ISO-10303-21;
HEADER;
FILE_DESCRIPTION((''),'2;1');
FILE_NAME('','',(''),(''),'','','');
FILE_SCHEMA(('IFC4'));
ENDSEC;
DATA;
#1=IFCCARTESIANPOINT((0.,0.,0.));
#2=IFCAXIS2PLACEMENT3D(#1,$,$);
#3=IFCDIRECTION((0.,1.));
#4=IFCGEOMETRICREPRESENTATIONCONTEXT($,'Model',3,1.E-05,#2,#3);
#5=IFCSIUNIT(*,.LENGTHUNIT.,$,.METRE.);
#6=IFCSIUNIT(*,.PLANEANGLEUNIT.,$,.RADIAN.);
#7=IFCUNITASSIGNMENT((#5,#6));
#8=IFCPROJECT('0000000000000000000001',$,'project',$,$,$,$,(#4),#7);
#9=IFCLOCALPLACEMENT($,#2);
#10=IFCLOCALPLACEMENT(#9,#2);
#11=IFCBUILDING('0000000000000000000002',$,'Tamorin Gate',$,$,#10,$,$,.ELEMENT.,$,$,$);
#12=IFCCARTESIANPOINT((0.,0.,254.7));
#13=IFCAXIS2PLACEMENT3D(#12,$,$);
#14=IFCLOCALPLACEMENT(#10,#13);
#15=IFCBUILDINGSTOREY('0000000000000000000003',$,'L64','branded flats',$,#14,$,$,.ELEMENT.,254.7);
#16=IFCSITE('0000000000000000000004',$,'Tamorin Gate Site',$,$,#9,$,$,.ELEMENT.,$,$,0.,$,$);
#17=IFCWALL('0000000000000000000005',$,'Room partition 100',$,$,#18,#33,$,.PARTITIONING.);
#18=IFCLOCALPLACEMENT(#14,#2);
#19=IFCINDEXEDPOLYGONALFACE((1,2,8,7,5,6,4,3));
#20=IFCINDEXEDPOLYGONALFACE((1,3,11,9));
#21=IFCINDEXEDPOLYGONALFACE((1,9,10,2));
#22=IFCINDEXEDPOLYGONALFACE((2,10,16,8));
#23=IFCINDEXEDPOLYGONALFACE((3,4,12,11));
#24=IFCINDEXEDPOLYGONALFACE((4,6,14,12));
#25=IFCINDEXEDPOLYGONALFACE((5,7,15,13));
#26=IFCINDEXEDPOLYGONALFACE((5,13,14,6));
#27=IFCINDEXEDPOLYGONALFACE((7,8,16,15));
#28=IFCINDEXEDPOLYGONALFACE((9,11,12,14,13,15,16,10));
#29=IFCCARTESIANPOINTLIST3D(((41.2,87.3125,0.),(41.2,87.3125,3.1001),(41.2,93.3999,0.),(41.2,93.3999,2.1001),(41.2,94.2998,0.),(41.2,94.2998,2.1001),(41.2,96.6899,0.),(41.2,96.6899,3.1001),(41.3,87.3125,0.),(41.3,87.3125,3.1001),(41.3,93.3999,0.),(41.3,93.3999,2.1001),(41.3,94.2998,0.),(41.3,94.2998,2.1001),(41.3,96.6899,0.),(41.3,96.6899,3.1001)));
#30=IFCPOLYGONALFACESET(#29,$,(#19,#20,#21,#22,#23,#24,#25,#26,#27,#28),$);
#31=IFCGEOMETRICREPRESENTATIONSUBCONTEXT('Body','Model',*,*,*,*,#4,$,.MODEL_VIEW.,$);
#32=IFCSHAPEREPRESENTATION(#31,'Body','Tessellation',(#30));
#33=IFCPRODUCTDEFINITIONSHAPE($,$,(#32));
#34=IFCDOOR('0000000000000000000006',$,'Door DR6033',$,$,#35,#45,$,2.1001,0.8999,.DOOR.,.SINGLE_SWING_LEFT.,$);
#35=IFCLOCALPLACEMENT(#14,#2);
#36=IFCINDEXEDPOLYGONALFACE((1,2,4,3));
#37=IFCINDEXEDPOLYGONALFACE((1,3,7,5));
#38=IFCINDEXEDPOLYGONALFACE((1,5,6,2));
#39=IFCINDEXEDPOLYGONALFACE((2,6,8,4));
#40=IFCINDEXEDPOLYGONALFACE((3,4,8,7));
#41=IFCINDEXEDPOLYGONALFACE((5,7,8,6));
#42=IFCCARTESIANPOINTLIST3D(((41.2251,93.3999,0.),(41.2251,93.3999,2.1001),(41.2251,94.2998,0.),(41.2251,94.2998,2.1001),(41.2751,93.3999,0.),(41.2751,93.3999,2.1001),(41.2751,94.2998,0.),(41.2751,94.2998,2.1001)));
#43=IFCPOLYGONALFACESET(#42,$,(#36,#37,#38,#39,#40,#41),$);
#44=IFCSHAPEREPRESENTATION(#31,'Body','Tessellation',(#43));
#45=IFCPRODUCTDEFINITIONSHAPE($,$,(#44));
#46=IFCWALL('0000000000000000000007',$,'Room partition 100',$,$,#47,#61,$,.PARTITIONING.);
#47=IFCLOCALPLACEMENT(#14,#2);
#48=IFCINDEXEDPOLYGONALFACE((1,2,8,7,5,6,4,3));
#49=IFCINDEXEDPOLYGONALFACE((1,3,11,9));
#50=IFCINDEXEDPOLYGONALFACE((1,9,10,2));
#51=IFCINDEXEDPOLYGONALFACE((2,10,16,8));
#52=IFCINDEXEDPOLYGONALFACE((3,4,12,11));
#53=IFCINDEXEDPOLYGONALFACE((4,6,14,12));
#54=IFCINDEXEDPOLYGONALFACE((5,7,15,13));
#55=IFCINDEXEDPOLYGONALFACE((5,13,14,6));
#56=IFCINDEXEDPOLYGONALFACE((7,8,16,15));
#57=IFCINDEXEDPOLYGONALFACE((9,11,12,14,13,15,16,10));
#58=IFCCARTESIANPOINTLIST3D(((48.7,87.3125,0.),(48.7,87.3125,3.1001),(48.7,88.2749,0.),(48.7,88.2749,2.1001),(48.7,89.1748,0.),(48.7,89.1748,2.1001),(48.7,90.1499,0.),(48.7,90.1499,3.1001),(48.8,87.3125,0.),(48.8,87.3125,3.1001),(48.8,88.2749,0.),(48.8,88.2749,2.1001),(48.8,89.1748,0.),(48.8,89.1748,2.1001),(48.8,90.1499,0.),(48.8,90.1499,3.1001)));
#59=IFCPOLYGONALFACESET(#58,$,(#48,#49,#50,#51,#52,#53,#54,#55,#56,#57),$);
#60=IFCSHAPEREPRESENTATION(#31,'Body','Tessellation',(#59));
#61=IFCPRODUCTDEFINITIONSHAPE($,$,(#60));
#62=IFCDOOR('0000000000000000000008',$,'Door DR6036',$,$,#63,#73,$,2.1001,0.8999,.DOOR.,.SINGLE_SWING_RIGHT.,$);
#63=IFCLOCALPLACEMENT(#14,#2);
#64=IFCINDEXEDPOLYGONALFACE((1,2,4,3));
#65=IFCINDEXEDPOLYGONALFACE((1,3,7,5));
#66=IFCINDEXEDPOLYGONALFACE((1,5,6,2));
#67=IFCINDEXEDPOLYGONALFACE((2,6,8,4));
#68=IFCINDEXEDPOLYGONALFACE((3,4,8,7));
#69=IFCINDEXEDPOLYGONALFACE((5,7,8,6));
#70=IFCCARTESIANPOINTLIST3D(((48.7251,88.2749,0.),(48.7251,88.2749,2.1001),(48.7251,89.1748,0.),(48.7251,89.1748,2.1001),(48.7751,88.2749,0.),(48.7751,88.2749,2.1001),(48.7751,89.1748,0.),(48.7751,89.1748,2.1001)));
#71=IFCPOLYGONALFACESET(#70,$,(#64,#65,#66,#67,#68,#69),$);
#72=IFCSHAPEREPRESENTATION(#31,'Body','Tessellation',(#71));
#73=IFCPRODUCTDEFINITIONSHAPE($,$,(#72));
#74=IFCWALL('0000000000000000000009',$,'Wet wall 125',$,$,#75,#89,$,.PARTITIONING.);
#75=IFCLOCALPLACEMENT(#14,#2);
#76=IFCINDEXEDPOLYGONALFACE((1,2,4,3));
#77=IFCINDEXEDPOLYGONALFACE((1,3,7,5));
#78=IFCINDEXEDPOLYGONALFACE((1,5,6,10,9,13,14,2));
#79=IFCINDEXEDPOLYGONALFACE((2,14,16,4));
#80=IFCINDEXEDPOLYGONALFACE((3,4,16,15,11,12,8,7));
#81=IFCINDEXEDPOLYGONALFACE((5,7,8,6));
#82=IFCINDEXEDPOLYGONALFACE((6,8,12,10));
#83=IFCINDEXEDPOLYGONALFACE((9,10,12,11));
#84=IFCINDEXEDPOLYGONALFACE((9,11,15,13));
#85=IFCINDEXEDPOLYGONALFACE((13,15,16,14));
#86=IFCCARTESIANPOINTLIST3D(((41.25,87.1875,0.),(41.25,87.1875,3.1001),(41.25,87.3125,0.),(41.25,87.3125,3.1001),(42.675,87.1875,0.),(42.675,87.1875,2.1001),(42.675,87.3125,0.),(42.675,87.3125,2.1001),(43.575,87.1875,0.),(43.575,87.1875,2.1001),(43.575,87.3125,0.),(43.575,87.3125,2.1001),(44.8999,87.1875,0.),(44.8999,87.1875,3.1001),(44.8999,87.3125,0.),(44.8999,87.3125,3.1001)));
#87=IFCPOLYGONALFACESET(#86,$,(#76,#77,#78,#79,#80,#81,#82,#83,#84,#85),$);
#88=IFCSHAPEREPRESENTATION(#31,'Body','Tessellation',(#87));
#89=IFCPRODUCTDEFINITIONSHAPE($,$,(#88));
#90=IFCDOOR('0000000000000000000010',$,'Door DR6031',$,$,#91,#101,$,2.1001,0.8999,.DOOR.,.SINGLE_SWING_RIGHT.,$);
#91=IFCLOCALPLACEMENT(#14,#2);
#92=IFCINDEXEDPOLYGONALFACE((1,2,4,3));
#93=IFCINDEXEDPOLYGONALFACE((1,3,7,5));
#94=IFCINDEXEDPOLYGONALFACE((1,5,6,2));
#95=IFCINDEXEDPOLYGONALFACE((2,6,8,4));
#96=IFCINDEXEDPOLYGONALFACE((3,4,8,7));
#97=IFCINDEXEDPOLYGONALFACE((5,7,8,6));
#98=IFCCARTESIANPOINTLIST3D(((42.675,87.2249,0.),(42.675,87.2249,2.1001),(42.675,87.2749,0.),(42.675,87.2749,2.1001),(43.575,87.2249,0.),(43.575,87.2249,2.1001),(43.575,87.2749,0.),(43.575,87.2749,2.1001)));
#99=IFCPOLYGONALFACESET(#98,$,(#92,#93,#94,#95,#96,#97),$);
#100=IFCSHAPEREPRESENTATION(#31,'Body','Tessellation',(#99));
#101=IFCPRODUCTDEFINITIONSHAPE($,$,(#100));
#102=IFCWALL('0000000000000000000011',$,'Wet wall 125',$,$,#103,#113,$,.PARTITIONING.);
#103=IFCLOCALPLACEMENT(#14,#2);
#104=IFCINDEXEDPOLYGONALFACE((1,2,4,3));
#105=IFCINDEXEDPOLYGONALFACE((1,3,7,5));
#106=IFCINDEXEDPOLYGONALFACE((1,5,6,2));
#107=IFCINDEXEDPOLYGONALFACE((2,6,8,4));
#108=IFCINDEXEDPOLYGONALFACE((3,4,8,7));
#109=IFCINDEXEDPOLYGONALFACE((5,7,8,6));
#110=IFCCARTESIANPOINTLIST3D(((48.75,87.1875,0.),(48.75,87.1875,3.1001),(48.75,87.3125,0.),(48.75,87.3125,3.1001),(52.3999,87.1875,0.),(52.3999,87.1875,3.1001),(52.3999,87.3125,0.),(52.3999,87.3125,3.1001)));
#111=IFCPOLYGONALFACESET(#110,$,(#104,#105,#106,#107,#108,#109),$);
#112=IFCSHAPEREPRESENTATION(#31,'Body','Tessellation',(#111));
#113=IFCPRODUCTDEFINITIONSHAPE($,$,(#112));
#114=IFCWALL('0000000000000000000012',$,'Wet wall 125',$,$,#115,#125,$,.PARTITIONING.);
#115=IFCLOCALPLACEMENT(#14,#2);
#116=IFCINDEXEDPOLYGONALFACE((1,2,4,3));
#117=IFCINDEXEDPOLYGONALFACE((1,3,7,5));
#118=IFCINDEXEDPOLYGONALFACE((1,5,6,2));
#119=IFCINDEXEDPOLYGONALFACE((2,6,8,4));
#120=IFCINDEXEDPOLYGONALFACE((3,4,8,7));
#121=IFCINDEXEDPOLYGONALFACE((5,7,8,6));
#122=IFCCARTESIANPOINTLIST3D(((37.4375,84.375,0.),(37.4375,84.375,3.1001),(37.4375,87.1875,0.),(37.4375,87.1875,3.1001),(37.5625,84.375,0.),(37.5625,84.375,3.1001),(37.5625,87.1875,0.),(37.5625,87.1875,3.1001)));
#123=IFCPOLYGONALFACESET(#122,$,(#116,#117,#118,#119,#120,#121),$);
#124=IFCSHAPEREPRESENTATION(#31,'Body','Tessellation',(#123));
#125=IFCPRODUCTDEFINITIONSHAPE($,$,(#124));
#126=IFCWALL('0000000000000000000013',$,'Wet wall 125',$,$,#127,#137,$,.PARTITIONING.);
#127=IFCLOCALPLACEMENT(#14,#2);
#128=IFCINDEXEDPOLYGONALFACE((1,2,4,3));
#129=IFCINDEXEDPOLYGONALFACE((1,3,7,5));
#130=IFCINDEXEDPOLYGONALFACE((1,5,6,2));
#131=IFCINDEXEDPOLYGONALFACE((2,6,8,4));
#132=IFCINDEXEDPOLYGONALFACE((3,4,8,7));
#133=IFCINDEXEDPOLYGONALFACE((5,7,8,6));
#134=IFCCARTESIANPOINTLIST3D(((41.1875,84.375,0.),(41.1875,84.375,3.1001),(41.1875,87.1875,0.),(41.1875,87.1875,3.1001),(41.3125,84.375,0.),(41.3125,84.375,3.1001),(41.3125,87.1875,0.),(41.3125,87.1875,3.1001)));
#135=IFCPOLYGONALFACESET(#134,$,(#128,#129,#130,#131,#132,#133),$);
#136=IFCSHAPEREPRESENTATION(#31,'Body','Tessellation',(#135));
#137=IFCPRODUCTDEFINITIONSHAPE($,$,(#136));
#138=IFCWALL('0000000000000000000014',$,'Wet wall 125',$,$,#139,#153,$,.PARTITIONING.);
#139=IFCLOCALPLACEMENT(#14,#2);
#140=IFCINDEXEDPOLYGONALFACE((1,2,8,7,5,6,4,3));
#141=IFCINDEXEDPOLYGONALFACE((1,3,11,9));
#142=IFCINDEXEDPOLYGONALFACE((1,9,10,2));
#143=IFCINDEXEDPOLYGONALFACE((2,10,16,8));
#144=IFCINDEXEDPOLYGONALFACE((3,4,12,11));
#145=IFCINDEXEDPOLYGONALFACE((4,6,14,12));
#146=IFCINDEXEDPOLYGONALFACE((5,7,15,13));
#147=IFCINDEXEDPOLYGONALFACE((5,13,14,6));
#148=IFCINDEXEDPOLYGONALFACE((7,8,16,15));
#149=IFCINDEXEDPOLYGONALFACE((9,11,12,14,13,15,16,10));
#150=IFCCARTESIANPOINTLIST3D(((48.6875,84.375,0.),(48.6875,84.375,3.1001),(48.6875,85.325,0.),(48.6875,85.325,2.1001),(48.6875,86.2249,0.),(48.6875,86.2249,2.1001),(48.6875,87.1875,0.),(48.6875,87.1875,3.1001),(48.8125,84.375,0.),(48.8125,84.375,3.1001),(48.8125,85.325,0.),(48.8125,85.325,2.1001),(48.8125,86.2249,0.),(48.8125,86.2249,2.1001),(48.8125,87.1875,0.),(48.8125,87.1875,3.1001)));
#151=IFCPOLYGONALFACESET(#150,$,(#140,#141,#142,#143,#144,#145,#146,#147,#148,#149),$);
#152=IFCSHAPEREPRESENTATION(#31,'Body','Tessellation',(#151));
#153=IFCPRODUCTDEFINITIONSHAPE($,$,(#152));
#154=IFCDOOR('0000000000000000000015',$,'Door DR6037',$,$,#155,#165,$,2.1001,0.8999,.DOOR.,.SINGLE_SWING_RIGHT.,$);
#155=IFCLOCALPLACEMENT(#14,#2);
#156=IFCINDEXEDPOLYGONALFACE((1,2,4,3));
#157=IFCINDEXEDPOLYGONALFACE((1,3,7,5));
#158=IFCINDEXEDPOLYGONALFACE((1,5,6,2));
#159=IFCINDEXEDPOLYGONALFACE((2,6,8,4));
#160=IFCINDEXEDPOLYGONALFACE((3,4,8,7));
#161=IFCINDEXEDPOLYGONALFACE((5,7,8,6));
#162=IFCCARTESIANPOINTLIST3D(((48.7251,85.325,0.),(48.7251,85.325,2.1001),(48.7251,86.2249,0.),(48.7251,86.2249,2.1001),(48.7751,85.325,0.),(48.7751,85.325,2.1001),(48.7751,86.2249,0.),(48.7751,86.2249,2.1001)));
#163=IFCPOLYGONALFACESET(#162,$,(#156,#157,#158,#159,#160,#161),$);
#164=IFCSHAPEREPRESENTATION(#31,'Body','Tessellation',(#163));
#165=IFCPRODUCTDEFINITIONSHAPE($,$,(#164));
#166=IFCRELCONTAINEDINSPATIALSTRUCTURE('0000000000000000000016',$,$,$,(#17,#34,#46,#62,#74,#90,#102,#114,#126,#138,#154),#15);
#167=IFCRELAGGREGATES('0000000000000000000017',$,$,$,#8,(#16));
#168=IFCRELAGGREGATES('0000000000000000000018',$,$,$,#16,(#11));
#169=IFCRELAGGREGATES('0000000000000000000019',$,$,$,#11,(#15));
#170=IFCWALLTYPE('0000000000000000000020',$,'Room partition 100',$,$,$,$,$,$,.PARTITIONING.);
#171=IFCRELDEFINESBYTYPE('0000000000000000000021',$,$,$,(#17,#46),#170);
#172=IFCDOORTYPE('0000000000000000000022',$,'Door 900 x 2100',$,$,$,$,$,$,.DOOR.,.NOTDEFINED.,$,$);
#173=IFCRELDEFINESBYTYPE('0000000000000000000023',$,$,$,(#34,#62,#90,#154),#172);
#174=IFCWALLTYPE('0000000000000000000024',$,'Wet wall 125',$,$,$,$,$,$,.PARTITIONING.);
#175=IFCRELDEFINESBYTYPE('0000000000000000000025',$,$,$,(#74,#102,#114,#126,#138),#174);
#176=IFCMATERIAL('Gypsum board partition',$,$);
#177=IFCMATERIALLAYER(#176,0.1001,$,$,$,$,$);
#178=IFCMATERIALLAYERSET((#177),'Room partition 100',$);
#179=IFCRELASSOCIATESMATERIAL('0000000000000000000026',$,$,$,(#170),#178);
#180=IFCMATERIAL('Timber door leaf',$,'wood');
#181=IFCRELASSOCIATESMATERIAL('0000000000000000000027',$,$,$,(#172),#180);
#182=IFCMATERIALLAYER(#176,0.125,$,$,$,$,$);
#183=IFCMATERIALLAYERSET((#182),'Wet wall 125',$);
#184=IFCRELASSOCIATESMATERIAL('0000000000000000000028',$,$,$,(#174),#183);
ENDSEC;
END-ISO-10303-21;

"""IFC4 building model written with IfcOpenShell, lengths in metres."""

from ifc_helpers import new_model, si_unit, direction, frame, frame_2d, origin, place, context, subcontext, project, spatial, rectangle, extrude, material, layer, layer_set, type_object, element, fill, save


model = new_model("IFC4")

# Units and contexts
model_context = context("Model", 3, precision=1e-05, world=origin(), true_north=direction((0.0, 1.0)))
body_context = subcontext(model_context, "Body", "Model", "MODEL_VIEW")
ifc_project = project(units=[si_unit("LENGTHUNIT", "METRE"), si_unit("PLANEANGLEUNIT", "RADIAN")], contexts=[model_context])

# Site, building, storey
site_placement = place(None, origin())
site = spatial("IfcSite", under=ifc_project, at=site_placement, Name="Tamorin Gate Site", CompositionType="ELEMENT", RefElevation=0.0)
building_placement = place(site_placement, origin())
building = spatial("IfcBuilding", under=site, at=building_placement, Name="Tamorin Gate", CompositionType="ELEMENT")
storey_placement = place(building_placement, frame((0.0, 0.0, 254.7)))
storey = spatial("IfcBuildingStorey", under=building, at=storey_placement, Name="L64", Description="branded flats", CompositionType="ELEMENT", Elevation=254.7)

# Shared definitions
ifc_material_1 = material(Name="Gypsum board partition")

# Walls, openings, doors
ifc_layer_1 = layer(ifc_material_1, 0.1001)
ifc_layer_set_1 = layer_set([ifc_layer_1], Name="Room partition 100")
wall_type_1 = type_object("IfcWallType", Name="Room partition 100", PredefinedType="PARTITIONING", material=ifc_layer_set_1)
ifc_material_2 = material(Name="Timber door leaf", Category="wood")
door_type = type_object("IfcDoorType", Name="Door 900 x 2100", OperationType="NOTDEFINED", PredefinedType="DOOR", material=ifc_material_2)
wall_1_placement = place(storey_placement, frame((41.25, 87.3125, 0.0), z_axis=(0.0, 0.0, 1.0), x_axis=(0.0, 1.0, 0.0)))
wall_1 = element("IfcWall", 1, at=wall_1_placement, inside=storey, type_object=wall_type_1, Name="Room partition 100", PredefinedType="PARTITIONING", context=body_context, shape_type="SweptSolid", body=[
    extrude(rectangle(XDim=9.3774, YDim=0.1001, at=frame_2d((4.6887, 0.0))), origin(), (0.0, 0.0, 1.0), 3.1001),
])
opening_1_placement = place(wall_1_placement, frame((6.0874, 0.0, 0.0)))
opening_1 = element("IfcOpeningElement", 2, at=opening_1_placement, cuts=wall_1, PredefinedType="OPENING", context=body_context, shape_type="SweptSolid", body=[
    extrude(rectangle(XDim=0.8999, YDim=2.1001, at=frame_2d((0.45, 1.05))), frame((0.0, 0.0601, 0.0), z_axis=(0.0, -1.0, 0.0), x_axis=(1.0, 0.0, 0.0)), (0.0, 0.0, 1.0), 0.1201),
])
door_1_placement = place(opening_1_placement, origin())
door_1 = element("IfcDoor", 3, at=door_1_placement, inside=storey, type_object=door_type, Name="Door DR6033", OperationType="SINGLE_SWING_LEFT", OverallHeight=2.1001, OverallWidth=0.8999, PredefinedType="DOOR", context=body_context, shape_type="SweptSolid", body=[
    extrude(rectangle(XDim=0.8999, YDim=2.1001, at=frame_2d((0.45, 1.05))), frame((0.0, 0.0249, 0.0), z_axis=(0.0, -1.0, 0.0), x_axis=(1.0, 0.0, 0.0)), (0.0, 0.0, 1.0), 0.05),
])
fill(opening_1, door_1)
wall_2_placement = place(storey_placement, frame((48.75, 87.3125, 0.0), z_axis=(0.0, 0.0, 1.0), x_axis=(0.0, 1.0, 0.0)))
wall_2 = element("IfcWall", 4, at=wall_2_placement, inside=storey, type_object=wall_type_1, Name="Room partition 100", PredefinedType="PARTITIONING", context=body_context, shape_type="SweptSolid", body=[
    extrude(rectangle(XDim=2.8374, YDim=0.1001, at=frame_2d((1.4187, 0.0))), origin(), (0.0, 0.0, 1.0), 3.1001),
])
opening_2_placement = place(wall_2_placement, frame((0.9624, 0.0, 0.0)))
opening_2 = element("IfcOpeningElement", 5, at=opening_2_placement, cuts=wall_2, PredefinedType="OPENING", context=body_context, shape_type="SweptSolid", body=[
    extrude(rectangle(XDim=0.8999, YDim=2.1001, at=frame_2d((0.45, 1.05))), frame((0.0, 0.0601, 0.0), z_axis=(0.0, -1.0, 0.0), x_axis=(1.0, 0.0, 0.0)), (0.0, 0.0, 1.0), 0.1201),
])
door_2_placement = place(opening_2_placement, origin())
door_2 = element("IfcDoor", 6, at=door_2_placement, inside=storey, type_object=door_type, Name="Door DR6036", OperationType="SINGLE_SWING_RIGHT", OverallHeight=2.1001, OverallWidth=0.8999, PredefinedType="DOOR", context=body_context, shape_type="SweptSolid", body=[
    extrude(rectangle(XDim=0.8999, YDim=2.1001, at=frame_2d((0.45, 1.05))), frame((0.0, 0.0249, 0.0), z_axis=(0.0, -1.0, 0.0), x_axis=(1.0, 0.0, 0.0)), (0.0, 0.0, 1.0), 0.05),
])
fill(opening_2, door_2)
ifc_layer_2 = layer(ifc_material_1, 0.125)
ifc_layer_set_2 = layer_set([ifc_layer_2], Name="Wet wall 125")
wall_type_2 = type_object("IfcWallType", Name="Wet wall 125", PredefinedType="PARTITIONING", material=ifc_layer_set_2)
wall_3_placement = place(storey_placement, frame((41.25, 87.25, 0.0), z_axis=(0.0, 0.0, 1.0), x_axis=(1.0, 0.0, 0.0)))
wall_3 = element("IfcWall", 7, at=wall_3_placement, inside=storey, type_object=wall_type_2, Name="Wet wall 125", PredefinedType="PARTITIONING", context=body_context, shape_type="SweptSolid", body=[
    extrude(rectangle(XDim=3.6499, YDim=0.125, at=frame_2d((1.825, 0.0))), origin(), (0.0, 0.0, 1.0), 3.1001),
])
opening_3_placement = place(wall_3_placement, frame((1.425, 0.0, 0.0)))
opening_3 = element("IfcOpeningElement", 8, at=opening_3_placement, cuts=wall_3, PredefinedType="OPENING", context=body_context, shape_type="SweptSolid", body=[
    extrude(rectangle(XDim=0.8999, YDim=2.1001, at=frame_2d((0.45, 1.05))), frame((0.0, 0.0725, 0.0), z_axis=(0.0, -1.0, 0.0), x_axis=(1.0, 0.0, 0.0)), (0.0, 0.0, 1.0), 0.145),
])
door_3_placement = place(opening_3_placement, origin())
door_3 = element("IfcDoor", 9, at=door_3_placement, inside=storey, type_object=door_type, Name="Door DR6031", OperationType="SINGLE_SWING_RIGHT", OverallHeight=2.1001, OverallWidth=0.8999, PredefinedType="DOOR", context=body_context, shape_type="SweptSolid", body=[
    extrude(rectangle(XDim=0.8999, YDim=2.1001, at=frame_2d((0.45, 1.05))), frame((0.0, 0.0249, 0.0), z_axis=(0.0, -1.0, 0.0), x_axis=(1.0, 0.0, 0.0)), (0.0, 0.0, 1.0), 0.05),
])
fill(opening_3, door_3)

# Walls
wall_4_placement = place(storey_placement, frame((48.75, 87.25, 0.0), z_axis=(0.0, 0.0, 1.0), x_axis=(1.0, 0.0, 0.0)))
element("IfcWall", 10, at=wall_4_placement, inside=storey, type_object=wall_type_2, Name="Wet wall 125", PredefinedType="PARTITIONING", context=body_context, shape_type="SweptSolid", body=[
    extrude(rectangle(XDim=3.6499, YDim=0.125, at=frame_2d((1.825, 0.0))), origin(), (0.0, 0.0, 1.0), 3.1001),
])
for number, where, z_axis, x_axis, name in (
    (11, (37.5, 84.375, 0.0), (0.0, 0.0, 1.0), (0.0, 1.0, 0.0), "Wet wall 125"),
    (12, (41.25, 84.375, 0.0), (0.0, 0.0, 1.0), (0.0, 1.0, 0.0), "Wet wall 125"),
):
    element("IfcWall", number, at=place(storey_placement, frame(where, z_axis=z_axis, x_axis=x_axis)), inside=storey, type_object=wall_type_2, Name=name, PredefinedType="PARTITIONING", context=body_context, shape_type="SweptSolid", body=[
        extrude(rectangle(XDim=2.8125, YDim=0.125, at=frame_2d((1.4062, 0.0))), origin(), (0.0, 0.0, 1.0), 3.1001),
    ])

# Wall, opening, door
wall_5_placement = place(storey_placement, frame((48.75, 84.375, 0.0), z_axis=(0.0, 0.0, 1.0), x_axis=(0.0, 1.0, 0.0)))
wall_5 = element("IfcWall", 13, at=wall_5_placement, inside=storey, type_object=wall_type_2, Name="Wet wall 125", PredefinedType="PARTITIONING", context=body_context, shape_type="SweptSolid", body=[
    extrude(rectangle(XDim=2.8125, YDim=0.125, at=frame_2d((1.4062, 0.0))), origin(), (0.0, 0.0, 1.0), 3.1001),
])
opening_4_placement = place(wall_5_placement, frame((0.95, 0.0, 0.0)))
opening_4 = element("IfcOpeningElement", 14, at=opening_4_placement, cuts=wall_5, PredefinedType="OPENING", context=body_context, shape_type="SweptSolid", body=[
    extrude(rectangle(XDim=0.8999, YDim=2.1001, at=frame_2d((0.45, 1.05))), frame((0.0, 0.0725, 0.0), z_axis=(0.0, -1.0, 0.0), x_axis=(1.0, 0.0, 0.0)), (0.0, 0.0, 1.0), 0.145),
])
door_4_placement = place(opening_4_placement, origin())
door_4 = element("IfcDoor", 15, at=door_4_placement, inside=storey, type_object=door_type, Name="Door DR6037", OperationType="SINGLE_SWING_RIGHT", OverallHeight=2.1001, OverallWidth=0.8999, PredefinedType="DOOR", context=body_context, shape_type="SweptSolid", body=[
    extrude(rectangle(XDim=0.8999, YDim=2.1001, at=frame_2d((0.45, 1.05))), frame((0.0, 0.0249, 0.0), z_axis=(0.0, -1.0, 0.0), x_axis=(1.0, 0.0, 0.0)), (0.0, 0.0, 1.0), 0.05),
])
fill(opening_4, door_4)

save(model, "model.ifc")
